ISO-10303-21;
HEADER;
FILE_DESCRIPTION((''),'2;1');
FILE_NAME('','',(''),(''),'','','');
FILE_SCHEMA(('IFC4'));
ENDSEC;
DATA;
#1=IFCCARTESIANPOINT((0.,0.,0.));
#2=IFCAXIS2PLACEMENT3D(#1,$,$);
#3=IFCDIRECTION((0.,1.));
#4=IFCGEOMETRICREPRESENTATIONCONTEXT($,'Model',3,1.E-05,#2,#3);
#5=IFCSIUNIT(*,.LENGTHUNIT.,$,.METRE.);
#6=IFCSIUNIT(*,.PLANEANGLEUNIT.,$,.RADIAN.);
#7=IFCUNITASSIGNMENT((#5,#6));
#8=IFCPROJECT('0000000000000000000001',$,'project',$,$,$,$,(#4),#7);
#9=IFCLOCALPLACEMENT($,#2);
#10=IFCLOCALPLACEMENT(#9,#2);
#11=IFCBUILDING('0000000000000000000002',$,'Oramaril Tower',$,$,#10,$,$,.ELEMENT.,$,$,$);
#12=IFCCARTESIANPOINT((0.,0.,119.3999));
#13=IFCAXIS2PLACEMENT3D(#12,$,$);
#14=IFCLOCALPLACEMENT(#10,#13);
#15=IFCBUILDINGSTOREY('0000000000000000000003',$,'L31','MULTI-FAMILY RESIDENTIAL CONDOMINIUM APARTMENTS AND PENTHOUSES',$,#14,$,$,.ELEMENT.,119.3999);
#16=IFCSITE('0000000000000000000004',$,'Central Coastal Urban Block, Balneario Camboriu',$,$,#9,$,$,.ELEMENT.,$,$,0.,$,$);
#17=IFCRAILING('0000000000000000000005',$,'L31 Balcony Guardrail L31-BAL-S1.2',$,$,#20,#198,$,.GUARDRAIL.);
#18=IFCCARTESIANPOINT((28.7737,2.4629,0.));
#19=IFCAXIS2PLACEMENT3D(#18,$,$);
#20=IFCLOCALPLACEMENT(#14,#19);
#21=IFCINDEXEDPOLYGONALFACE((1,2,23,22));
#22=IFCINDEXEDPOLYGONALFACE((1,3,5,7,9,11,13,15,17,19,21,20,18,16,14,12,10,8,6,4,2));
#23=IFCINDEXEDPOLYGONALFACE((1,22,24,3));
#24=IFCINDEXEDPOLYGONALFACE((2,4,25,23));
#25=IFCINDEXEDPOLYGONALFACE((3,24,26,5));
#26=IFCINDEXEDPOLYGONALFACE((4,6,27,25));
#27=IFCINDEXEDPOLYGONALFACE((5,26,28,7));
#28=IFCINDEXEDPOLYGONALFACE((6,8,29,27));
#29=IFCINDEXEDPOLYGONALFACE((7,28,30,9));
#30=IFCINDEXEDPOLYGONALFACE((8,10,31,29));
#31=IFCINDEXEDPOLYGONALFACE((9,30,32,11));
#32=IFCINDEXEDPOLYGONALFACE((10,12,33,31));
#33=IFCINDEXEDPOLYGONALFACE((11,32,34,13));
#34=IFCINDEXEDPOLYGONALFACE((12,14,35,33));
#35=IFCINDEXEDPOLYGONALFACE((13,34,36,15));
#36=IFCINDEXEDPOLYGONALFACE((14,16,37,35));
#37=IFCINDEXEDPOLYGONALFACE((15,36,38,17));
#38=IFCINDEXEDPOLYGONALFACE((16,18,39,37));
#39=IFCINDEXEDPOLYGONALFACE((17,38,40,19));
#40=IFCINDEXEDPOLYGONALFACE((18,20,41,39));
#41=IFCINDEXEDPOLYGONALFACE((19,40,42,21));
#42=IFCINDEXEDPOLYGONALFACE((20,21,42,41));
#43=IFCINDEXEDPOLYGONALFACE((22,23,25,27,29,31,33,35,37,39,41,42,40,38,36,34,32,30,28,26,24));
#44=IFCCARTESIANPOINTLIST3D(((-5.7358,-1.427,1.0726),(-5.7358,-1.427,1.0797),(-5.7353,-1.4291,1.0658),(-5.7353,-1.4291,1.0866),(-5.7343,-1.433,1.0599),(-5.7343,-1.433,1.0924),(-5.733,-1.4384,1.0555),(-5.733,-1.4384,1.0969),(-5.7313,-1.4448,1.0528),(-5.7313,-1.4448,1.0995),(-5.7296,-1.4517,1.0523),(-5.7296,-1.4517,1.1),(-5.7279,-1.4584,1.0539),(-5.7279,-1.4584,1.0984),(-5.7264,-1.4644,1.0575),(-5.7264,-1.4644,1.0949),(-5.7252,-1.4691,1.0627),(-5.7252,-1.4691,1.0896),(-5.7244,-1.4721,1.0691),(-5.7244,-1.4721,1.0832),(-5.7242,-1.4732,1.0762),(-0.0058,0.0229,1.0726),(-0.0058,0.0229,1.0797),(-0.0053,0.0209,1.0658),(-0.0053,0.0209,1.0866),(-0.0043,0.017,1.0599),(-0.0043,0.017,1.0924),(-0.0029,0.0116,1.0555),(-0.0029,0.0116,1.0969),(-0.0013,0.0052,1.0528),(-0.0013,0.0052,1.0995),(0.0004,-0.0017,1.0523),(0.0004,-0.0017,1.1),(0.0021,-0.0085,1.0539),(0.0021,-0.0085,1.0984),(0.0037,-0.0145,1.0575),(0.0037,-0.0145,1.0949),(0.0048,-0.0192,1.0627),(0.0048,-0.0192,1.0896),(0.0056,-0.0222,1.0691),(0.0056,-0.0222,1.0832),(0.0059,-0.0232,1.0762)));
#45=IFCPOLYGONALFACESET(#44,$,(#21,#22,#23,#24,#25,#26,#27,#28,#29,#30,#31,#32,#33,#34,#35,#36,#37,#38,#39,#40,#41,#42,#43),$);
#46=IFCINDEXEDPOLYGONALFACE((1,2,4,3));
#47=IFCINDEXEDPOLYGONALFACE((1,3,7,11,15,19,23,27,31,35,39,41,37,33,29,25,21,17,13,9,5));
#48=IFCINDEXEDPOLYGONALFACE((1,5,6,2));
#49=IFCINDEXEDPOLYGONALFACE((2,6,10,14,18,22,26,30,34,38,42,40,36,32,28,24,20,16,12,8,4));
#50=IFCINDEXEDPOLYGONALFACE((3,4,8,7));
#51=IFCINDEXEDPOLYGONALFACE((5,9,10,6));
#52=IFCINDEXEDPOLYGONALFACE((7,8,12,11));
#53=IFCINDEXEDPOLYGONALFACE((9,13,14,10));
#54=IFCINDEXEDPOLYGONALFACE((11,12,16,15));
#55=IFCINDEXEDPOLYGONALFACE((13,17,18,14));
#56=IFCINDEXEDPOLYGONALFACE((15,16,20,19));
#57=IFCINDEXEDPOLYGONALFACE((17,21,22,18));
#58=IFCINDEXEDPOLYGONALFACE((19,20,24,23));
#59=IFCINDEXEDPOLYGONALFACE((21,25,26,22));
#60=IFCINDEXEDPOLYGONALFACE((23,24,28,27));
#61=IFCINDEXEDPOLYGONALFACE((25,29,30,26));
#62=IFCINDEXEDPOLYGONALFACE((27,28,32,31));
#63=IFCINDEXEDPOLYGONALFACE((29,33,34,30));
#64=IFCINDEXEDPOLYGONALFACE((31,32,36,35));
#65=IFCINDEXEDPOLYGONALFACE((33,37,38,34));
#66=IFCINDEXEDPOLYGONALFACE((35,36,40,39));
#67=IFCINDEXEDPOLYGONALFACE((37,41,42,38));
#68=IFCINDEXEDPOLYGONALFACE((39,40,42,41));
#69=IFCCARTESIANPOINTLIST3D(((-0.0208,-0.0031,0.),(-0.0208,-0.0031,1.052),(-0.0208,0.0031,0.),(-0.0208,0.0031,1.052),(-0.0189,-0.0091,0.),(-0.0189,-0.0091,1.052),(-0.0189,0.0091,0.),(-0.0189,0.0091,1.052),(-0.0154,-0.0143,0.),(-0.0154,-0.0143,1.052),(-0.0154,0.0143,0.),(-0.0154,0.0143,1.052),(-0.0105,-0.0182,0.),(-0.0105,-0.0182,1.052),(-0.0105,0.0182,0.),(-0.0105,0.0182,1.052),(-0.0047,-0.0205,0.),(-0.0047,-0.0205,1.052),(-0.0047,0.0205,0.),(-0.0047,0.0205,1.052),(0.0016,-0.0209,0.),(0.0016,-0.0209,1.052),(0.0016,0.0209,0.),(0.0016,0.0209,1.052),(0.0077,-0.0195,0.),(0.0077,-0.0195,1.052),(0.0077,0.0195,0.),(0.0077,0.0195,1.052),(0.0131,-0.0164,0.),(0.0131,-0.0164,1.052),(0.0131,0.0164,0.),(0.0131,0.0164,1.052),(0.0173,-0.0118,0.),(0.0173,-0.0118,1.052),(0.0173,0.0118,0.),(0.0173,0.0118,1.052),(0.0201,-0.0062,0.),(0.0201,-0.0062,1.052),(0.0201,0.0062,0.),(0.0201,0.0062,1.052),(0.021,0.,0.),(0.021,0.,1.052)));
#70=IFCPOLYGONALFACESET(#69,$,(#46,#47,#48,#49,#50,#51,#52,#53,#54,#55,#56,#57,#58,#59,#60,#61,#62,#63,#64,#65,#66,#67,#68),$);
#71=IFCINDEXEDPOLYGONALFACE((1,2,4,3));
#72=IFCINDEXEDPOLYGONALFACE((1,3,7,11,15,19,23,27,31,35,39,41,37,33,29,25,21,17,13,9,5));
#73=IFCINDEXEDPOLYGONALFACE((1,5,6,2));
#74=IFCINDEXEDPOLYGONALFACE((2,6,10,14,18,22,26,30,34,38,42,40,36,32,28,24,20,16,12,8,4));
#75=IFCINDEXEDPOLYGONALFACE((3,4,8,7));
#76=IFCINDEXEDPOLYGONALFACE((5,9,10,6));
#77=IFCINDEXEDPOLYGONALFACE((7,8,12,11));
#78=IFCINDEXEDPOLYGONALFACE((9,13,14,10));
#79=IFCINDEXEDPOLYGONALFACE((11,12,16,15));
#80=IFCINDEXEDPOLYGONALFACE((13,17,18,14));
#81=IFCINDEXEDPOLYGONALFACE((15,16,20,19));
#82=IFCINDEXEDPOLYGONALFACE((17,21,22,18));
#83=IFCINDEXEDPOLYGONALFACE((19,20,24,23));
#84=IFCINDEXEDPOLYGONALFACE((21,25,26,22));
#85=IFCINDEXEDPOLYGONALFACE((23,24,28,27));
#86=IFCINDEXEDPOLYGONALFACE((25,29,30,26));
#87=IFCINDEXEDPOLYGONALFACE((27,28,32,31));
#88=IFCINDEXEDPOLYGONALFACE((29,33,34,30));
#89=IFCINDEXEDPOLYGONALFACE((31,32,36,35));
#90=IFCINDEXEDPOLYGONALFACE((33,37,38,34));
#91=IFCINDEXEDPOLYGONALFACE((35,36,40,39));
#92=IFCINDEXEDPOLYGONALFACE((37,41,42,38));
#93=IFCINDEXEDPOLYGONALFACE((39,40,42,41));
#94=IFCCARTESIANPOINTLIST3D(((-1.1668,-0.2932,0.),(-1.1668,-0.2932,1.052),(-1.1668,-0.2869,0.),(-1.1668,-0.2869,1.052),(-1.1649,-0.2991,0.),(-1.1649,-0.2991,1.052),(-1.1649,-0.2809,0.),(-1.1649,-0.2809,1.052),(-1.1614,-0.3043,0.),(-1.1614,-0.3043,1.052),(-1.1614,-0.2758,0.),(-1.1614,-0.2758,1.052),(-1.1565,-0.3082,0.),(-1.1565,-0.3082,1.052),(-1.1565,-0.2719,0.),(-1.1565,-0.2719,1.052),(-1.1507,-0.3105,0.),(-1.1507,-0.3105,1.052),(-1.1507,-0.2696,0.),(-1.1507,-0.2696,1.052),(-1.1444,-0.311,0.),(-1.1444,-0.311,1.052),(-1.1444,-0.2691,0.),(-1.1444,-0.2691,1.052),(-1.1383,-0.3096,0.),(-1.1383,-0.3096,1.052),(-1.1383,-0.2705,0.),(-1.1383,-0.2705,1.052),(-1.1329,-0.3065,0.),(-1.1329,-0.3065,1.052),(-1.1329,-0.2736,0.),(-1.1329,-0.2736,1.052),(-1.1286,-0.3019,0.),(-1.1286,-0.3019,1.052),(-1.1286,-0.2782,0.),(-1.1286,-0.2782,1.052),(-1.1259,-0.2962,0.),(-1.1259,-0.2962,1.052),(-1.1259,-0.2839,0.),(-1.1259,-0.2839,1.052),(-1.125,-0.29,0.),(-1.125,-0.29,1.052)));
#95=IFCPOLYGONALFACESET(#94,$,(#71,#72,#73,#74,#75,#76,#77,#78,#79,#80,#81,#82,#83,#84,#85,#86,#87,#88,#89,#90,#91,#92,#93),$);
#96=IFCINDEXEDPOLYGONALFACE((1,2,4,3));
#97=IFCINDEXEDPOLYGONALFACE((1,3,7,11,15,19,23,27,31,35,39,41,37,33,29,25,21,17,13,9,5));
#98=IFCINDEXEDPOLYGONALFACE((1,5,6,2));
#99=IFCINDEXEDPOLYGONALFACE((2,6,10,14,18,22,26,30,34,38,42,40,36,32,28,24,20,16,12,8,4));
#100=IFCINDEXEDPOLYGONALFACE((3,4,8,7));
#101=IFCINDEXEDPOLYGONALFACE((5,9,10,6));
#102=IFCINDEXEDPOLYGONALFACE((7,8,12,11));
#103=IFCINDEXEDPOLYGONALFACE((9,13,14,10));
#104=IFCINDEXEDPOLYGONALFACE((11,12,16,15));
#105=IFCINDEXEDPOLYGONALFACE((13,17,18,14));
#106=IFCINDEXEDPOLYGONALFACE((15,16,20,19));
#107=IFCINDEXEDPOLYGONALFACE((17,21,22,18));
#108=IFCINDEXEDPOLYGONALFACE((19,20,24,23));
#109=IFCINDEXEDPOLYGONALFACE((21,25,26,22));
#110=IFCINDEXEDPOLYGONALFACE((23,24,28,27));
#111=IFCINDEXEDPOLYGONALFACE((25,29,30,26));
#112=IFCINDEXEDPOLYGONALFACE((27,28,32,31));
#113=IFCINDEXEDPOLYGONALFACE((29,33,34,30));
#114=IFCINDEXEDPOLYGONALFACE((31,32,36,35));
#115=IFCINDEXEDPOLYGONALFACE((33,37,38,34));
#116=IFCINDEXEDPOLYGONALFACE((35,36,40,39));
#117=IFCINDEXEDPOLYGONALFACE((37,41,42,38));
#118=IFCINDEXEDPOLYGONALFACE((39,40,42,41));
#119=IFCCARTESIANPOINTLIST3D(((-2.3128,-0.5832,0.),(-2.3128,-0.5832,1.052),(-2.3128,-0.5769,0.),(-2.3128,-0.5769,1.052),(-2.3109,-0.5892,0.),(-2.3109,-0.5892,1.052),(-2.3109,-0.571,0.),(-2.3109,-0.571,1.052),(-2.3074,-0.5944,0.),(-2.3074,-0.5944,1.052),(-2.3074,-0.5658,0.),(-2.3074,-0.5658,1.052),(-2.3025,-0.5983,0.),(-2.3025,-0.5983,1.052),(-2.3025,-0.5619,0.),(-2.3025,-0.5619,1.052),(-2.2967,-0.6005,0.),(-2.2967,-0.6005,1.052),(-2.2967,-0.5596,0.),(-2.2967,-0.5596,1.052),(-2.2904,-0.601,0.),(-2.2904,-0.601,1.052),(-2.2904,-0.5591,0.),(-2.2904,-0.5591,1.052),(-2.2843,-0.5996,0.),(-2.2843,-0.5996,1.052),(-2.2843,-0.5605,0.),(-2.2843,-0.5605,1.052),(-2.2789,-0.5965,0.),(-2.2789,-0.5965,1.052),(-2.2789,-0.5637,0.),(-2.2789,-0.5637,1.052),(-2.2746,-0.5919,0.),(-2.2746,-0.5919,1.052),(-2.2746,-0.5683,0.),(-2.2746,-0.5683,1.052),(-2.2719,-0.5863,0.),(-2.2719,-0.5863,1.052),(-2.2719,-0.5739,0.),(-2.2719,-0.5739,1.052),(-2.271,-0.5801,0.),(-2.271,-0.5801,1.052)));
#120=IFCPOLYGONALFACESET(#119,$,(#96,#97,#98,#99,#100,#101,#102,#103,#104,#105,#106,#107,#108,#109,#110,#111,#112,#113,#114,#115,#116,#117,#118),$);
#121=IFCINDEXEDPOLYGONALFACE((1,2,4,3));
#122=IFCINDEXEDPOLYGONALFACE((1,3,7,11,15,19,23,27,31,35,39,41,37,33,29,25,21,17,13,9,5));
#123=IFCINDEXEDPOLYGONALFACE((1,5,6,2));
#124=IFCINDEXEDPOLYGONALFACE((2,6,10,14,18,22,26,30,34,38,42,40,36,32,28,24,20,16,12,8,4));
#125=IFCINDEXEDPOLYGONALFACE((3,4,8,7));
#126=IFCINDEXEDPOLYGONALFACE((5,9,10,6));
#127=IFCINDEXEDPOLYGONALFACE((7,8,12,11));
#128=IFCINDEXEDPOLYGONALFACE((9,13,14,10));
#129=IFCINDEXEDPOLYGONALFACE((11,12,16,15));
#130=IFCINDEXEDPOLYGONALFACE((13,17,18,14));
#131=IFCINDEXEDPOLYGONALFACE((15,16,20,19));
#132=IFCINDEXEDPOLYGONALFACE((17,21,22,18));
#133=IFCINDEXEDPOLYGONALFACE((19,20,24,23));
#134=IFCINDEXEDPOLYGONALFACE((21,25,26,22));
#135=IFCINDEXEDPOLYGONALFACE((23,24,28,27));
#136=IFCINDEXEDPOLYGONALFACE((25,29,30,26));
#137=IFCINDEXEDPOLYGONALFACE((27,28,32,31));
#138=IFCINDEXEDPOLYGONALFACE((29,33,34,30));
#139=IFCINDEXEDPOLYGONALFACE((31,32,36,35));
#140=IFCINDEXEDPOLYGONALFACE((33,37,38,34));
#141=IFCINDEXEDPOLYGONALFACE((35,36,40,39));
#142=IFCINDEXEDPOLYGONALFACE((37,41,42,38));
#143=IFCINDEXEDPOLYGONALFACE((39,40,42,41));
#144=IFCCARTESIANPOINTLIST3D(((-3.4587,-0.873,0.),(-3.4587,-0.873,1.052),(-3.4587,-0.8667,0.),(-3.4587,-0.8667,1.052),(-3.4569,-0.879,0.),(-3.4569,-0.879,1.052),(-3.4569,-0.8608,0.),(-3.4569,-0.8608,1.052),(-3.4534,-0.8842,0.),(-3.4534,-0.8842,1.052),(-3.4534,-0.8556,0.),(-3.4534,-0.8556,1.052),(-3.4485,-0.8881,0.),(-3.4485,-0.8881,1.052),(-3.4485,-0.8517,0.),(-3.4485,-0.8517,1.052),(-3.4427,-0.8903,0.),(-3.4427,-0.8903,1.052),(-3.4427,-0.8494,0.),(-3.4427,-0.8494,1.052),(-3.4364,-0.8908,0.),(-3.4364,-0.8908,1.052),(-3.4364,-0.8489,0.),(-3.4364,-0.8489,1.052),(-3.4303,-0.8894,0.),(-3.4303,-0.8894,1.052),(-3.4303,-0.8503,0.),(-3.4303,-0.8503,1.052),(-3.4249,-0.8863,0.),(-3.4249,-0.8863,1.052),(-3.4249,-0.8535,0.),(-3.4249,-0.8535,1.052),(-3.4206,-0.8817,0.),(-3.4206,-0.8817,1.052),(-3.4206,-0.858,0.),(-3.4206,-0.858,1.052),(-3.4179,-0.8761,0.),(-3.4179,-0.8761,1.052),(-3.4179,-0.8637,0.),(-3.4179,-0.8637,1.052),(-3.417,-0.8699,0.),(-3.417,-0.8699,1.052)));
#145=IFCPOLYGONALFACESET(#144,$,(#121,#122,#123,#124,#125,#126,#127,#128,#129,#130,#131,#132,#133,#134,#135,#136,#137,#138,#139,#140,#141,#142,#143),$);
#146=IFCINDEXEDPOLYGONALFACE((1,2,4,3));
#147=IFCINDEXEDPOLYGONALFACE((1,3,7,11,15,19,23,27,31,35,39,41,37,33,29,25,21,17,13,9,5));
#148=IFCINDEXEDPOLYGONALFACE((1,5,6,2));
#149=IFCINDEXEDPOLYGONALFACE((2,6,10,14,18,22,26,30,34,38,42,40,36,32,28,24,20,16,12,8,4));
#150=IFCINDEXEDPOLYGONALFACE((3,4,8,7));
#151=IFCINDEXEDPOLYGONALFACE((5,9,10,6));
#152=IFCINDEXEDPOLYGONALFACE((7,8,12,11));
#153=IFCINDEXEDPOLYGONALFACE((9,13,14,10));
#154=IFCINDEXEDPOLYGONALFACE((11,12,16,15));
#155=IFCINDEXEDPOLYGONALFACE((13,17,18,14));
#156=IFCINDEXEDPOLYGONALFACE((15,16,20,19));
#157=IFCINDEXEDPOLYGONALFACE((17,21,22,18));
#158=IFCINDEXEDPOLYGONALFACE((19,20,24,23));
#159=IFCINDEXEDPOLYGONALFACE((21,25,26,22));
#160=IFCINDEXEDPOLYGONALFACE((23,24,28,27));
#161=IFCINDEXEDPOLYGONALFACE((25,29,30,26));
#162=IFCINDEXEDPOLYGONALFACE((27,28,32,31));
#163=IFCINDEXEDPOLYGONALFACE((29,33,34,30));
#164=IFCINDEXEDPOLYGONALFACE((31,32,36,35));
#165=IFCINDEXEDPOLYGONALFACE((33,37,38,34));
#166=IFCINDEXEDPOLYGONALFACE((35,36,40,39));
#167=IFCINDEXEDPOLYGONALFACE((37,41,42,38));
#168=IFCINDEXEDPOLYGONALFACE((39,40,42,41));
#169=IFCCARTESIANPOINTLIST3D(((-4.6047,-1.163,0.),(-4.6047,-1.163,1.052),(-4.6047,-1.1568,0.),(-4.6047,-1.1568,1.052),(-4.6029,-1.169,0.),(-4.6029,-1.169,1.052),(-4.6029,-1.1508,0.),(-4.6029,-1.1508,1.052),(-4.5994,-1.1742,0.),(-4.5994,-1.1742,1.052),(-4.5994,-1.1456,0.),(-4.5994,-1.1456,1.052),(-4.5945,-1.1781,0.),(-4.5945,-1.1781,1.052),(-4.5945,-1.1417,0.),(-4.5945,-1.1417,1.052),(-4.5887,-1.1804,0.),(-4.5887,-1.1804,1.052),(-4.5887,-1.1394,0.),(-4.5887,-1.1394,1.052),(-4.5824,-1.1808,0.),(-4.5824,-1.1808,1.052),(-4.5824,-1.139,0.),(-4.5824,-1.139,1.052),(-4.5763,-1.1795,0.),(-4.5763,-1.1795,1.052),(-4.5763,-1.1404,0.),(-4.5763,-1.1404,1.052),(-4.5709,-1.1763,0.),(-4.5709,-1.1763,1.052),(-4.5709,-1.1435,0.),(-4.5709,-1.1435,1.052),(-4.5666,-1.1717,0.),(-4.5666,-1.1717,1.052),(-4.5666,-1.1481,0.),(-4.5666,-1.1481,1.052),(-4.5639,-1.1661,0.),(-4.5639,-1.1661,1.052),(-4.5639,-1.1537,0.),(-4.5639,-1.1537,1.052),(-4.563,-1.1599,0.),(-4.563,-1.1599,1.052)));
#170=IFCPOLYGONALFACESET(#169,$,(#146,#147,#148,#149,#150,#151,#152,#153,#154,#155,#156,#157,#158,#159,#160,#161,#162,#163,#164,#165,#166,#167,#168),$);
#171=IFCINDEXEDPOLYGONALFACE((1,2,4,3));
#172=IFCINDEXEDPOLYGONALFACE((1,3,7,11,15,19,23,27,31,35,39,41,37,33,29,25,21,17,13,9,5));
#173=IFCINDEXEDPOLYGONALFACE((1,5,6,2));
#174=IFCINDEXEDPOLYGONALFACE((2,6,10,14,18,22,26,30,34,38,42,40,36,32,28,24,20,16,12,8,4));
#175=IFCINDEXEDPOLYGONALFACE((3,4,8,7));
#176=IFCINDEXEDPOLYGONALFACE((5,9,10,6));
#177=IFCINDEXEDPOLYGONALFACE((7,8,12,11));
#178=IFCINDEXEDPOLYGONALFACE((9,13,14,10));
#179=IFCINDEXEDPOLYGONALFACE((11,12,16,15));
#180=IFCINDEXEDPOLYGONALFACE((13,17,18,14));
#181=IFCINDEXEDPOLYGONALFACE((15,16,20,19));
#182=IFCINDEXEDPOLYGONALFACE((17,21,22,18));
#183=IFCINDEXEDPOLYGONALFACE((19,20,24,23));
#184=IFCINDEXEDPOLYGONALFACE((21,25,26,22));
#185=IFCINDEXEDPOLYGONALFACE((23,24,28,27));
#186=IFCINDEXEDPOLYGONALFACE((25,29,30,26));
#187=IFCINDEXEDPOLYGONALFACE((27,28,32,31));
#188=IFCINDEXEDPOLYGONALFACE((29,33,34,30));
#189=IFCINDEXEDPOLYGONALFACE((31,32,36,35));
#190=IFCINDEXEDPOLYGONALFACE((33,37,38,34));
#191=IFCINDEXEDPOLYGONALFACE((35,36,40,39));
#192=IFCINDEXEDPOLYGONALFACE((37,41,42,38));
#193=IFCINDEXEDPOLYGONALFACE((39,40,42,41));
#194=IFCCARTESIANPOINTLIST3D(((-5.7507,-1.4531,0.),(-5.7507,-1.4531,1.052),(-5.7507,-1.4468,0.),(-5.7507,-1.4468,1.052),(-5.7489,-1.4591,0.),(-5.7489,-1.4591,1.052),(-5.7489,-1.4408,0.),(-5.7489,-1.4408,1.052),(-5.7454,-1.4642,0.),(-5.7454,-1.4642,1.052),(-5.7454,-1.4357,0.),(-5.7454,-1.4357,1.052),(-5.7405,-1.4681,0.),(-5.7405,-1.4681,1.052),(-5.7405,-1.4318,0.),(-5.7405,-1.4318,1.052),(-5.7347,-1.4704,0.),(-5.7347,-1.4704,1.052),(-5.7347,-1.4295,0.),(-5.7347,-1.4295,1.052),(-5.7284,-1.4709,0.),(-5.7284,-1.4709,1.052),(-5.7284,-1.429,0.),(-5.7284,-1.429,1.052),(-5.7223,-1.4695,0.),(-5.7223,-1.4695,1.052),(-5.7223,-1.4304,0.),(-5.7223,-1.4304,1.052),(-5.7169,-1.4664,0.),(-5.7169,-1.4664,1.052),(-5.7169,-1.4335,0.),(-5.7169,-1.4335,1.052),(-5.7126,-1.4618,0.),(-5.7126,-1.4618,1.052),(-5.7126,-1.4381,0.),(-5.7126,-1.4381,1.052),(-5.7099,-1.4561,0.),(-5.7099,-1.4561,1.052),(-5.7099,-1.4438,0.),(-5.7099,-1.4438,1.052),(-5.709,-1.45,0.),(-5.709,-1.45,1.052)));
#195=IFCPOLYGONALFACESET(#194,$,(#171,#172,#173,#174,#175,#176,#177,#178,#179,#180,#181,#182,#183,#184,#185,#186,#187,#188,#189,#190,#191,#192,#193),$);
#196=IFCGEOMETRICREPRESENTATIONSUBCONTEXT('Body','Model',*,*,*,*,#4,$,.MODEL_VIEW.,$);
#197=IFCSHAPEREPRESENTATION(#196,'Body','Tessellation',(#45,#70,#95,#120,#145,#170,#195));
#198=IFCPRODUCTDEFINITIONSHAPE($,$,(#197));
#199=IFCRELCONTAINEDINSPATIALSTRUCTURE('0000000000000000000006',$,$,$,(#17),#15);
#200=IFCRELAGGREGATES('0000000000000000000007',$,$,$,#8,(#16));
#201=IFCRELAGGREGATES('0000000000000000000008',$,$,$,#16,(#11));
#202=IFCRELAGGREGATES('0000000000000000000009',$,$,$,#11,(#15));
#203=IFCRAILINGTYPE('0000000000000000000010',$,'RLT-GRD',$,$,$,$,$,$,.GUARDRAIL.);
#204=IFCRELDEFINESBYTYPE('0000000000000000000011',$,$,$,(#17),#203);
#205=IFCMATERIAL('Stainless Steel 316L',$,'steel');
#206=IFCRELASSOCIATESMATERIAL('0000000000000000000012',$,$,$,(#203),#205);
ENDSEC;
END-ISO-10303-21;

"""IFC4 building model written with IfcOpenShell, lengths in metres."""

from ifc_helpers import new_model, si_unit, direction, frame, origin, origin_2d, place, context, subcontext, project, spatial, circle, extrude, material, type_object, element, save


model = new_model("IFC4")

# Units and contexts
model_context = context("Model", 3, precision=1e-05, world=origin(), true_north=direction((0.0, 1.0)))
body_context = subcontext(model_context, "Body", "Model", "MODEL_VIEW")
ifc_project = project(units=[si_unit("LENGTHUNIT", "METRE"), si_unit("PLANEANGLEUNIT", "RADIAN")], contexts=[model_context])

# Site, building, storey
site_placement = place(None, origin())
site = spatial("IfcSite", under=ifc_project, at=site_placement, Name="Central Coastal Urban Block, Balneario Camboriu", CompositionType="ELEMENT", RefElevation=0.0)
building_placement = place(site_placement, origin())
building = spatial("IfcBuilding", under=site, at=building_placement, Name="Oramaril Tower", CompositionType="ELEMENT")
storey_placement = place(building_placement, frame((0.0, 0.0, 119.3999)))
storey = spatial("IfcBuildingStorey", under=building, at=storey_placement, Name="L31", Description="MULTI-FAMILY RESIDENTIAL CONDOMINIUM APARTMENTS AND PENTHOUSES", CompositionType="ELEMENT", Elevation=119.3999)

# Railing
ifc_material_1 = material(Name="Stainless Steel 316L", Category="steel")
railing_type = type_object("IfcRailingType", Name="RLT-GRD", PredefinedType="GUARDRAIL", material=ifc_material_1)
railing_1_placement = place(storey_placement, frame((28.7737, 2.4629, 0.0)))
element("IfcRailing", 1, at=railing_1_placement, inside=storey, type_object=railing_type, Name="L31 Balcony Guardrail L31-BAL-S1.2", PredefinedType="GUARDRAIL", context=body_context, shape_type="SweptSolid", body=[
    extrude(circle(Radius=0.0239, at=origin_2d()), frame((0.0, 0.0, 1.0762), z_axis=(-0.969444, -0.245314, 0.0), x_axis=(0.245314, -0.969444, 0.0)), (0.0, 0.0, 1.0), 5.9106),
    extrude(circle(Radius=0.021, at=origin_2d()), origin(), (0.0, 0.0, 1.0), 1.052),
    extrude(circle(Radius=0.021, at=origin_2d()), frame((-1.146, -0.29, 0.0)), (0.0, 0.0, 1.0), 1.052),
    extrude(circle(Radius=0.021, at=origin_2d()), frame((-2.292, -0.5801, 0.0)), (0.0, 0.0, 1.0), 1.052),
    extrude(circle(Radius=0.021, at=origin_2d()), frame((-3.438, -0.8699, 0.0)), (0.0, 0.0, 1.0), 1.052),
    extrude(circle(Radius=0.021, at=origin_2d()), frame((-4.584, -1.1599, 0.0)), (0.0, 0.0, 1.0), 1.052),
    extrude(circle(Radius=0.021, at=origin_2d()), frame((-5.73, -1.45, 0.0)), (0.0, 0.0, 1.0), 1.052),
])

save(model, "model.ifc")
